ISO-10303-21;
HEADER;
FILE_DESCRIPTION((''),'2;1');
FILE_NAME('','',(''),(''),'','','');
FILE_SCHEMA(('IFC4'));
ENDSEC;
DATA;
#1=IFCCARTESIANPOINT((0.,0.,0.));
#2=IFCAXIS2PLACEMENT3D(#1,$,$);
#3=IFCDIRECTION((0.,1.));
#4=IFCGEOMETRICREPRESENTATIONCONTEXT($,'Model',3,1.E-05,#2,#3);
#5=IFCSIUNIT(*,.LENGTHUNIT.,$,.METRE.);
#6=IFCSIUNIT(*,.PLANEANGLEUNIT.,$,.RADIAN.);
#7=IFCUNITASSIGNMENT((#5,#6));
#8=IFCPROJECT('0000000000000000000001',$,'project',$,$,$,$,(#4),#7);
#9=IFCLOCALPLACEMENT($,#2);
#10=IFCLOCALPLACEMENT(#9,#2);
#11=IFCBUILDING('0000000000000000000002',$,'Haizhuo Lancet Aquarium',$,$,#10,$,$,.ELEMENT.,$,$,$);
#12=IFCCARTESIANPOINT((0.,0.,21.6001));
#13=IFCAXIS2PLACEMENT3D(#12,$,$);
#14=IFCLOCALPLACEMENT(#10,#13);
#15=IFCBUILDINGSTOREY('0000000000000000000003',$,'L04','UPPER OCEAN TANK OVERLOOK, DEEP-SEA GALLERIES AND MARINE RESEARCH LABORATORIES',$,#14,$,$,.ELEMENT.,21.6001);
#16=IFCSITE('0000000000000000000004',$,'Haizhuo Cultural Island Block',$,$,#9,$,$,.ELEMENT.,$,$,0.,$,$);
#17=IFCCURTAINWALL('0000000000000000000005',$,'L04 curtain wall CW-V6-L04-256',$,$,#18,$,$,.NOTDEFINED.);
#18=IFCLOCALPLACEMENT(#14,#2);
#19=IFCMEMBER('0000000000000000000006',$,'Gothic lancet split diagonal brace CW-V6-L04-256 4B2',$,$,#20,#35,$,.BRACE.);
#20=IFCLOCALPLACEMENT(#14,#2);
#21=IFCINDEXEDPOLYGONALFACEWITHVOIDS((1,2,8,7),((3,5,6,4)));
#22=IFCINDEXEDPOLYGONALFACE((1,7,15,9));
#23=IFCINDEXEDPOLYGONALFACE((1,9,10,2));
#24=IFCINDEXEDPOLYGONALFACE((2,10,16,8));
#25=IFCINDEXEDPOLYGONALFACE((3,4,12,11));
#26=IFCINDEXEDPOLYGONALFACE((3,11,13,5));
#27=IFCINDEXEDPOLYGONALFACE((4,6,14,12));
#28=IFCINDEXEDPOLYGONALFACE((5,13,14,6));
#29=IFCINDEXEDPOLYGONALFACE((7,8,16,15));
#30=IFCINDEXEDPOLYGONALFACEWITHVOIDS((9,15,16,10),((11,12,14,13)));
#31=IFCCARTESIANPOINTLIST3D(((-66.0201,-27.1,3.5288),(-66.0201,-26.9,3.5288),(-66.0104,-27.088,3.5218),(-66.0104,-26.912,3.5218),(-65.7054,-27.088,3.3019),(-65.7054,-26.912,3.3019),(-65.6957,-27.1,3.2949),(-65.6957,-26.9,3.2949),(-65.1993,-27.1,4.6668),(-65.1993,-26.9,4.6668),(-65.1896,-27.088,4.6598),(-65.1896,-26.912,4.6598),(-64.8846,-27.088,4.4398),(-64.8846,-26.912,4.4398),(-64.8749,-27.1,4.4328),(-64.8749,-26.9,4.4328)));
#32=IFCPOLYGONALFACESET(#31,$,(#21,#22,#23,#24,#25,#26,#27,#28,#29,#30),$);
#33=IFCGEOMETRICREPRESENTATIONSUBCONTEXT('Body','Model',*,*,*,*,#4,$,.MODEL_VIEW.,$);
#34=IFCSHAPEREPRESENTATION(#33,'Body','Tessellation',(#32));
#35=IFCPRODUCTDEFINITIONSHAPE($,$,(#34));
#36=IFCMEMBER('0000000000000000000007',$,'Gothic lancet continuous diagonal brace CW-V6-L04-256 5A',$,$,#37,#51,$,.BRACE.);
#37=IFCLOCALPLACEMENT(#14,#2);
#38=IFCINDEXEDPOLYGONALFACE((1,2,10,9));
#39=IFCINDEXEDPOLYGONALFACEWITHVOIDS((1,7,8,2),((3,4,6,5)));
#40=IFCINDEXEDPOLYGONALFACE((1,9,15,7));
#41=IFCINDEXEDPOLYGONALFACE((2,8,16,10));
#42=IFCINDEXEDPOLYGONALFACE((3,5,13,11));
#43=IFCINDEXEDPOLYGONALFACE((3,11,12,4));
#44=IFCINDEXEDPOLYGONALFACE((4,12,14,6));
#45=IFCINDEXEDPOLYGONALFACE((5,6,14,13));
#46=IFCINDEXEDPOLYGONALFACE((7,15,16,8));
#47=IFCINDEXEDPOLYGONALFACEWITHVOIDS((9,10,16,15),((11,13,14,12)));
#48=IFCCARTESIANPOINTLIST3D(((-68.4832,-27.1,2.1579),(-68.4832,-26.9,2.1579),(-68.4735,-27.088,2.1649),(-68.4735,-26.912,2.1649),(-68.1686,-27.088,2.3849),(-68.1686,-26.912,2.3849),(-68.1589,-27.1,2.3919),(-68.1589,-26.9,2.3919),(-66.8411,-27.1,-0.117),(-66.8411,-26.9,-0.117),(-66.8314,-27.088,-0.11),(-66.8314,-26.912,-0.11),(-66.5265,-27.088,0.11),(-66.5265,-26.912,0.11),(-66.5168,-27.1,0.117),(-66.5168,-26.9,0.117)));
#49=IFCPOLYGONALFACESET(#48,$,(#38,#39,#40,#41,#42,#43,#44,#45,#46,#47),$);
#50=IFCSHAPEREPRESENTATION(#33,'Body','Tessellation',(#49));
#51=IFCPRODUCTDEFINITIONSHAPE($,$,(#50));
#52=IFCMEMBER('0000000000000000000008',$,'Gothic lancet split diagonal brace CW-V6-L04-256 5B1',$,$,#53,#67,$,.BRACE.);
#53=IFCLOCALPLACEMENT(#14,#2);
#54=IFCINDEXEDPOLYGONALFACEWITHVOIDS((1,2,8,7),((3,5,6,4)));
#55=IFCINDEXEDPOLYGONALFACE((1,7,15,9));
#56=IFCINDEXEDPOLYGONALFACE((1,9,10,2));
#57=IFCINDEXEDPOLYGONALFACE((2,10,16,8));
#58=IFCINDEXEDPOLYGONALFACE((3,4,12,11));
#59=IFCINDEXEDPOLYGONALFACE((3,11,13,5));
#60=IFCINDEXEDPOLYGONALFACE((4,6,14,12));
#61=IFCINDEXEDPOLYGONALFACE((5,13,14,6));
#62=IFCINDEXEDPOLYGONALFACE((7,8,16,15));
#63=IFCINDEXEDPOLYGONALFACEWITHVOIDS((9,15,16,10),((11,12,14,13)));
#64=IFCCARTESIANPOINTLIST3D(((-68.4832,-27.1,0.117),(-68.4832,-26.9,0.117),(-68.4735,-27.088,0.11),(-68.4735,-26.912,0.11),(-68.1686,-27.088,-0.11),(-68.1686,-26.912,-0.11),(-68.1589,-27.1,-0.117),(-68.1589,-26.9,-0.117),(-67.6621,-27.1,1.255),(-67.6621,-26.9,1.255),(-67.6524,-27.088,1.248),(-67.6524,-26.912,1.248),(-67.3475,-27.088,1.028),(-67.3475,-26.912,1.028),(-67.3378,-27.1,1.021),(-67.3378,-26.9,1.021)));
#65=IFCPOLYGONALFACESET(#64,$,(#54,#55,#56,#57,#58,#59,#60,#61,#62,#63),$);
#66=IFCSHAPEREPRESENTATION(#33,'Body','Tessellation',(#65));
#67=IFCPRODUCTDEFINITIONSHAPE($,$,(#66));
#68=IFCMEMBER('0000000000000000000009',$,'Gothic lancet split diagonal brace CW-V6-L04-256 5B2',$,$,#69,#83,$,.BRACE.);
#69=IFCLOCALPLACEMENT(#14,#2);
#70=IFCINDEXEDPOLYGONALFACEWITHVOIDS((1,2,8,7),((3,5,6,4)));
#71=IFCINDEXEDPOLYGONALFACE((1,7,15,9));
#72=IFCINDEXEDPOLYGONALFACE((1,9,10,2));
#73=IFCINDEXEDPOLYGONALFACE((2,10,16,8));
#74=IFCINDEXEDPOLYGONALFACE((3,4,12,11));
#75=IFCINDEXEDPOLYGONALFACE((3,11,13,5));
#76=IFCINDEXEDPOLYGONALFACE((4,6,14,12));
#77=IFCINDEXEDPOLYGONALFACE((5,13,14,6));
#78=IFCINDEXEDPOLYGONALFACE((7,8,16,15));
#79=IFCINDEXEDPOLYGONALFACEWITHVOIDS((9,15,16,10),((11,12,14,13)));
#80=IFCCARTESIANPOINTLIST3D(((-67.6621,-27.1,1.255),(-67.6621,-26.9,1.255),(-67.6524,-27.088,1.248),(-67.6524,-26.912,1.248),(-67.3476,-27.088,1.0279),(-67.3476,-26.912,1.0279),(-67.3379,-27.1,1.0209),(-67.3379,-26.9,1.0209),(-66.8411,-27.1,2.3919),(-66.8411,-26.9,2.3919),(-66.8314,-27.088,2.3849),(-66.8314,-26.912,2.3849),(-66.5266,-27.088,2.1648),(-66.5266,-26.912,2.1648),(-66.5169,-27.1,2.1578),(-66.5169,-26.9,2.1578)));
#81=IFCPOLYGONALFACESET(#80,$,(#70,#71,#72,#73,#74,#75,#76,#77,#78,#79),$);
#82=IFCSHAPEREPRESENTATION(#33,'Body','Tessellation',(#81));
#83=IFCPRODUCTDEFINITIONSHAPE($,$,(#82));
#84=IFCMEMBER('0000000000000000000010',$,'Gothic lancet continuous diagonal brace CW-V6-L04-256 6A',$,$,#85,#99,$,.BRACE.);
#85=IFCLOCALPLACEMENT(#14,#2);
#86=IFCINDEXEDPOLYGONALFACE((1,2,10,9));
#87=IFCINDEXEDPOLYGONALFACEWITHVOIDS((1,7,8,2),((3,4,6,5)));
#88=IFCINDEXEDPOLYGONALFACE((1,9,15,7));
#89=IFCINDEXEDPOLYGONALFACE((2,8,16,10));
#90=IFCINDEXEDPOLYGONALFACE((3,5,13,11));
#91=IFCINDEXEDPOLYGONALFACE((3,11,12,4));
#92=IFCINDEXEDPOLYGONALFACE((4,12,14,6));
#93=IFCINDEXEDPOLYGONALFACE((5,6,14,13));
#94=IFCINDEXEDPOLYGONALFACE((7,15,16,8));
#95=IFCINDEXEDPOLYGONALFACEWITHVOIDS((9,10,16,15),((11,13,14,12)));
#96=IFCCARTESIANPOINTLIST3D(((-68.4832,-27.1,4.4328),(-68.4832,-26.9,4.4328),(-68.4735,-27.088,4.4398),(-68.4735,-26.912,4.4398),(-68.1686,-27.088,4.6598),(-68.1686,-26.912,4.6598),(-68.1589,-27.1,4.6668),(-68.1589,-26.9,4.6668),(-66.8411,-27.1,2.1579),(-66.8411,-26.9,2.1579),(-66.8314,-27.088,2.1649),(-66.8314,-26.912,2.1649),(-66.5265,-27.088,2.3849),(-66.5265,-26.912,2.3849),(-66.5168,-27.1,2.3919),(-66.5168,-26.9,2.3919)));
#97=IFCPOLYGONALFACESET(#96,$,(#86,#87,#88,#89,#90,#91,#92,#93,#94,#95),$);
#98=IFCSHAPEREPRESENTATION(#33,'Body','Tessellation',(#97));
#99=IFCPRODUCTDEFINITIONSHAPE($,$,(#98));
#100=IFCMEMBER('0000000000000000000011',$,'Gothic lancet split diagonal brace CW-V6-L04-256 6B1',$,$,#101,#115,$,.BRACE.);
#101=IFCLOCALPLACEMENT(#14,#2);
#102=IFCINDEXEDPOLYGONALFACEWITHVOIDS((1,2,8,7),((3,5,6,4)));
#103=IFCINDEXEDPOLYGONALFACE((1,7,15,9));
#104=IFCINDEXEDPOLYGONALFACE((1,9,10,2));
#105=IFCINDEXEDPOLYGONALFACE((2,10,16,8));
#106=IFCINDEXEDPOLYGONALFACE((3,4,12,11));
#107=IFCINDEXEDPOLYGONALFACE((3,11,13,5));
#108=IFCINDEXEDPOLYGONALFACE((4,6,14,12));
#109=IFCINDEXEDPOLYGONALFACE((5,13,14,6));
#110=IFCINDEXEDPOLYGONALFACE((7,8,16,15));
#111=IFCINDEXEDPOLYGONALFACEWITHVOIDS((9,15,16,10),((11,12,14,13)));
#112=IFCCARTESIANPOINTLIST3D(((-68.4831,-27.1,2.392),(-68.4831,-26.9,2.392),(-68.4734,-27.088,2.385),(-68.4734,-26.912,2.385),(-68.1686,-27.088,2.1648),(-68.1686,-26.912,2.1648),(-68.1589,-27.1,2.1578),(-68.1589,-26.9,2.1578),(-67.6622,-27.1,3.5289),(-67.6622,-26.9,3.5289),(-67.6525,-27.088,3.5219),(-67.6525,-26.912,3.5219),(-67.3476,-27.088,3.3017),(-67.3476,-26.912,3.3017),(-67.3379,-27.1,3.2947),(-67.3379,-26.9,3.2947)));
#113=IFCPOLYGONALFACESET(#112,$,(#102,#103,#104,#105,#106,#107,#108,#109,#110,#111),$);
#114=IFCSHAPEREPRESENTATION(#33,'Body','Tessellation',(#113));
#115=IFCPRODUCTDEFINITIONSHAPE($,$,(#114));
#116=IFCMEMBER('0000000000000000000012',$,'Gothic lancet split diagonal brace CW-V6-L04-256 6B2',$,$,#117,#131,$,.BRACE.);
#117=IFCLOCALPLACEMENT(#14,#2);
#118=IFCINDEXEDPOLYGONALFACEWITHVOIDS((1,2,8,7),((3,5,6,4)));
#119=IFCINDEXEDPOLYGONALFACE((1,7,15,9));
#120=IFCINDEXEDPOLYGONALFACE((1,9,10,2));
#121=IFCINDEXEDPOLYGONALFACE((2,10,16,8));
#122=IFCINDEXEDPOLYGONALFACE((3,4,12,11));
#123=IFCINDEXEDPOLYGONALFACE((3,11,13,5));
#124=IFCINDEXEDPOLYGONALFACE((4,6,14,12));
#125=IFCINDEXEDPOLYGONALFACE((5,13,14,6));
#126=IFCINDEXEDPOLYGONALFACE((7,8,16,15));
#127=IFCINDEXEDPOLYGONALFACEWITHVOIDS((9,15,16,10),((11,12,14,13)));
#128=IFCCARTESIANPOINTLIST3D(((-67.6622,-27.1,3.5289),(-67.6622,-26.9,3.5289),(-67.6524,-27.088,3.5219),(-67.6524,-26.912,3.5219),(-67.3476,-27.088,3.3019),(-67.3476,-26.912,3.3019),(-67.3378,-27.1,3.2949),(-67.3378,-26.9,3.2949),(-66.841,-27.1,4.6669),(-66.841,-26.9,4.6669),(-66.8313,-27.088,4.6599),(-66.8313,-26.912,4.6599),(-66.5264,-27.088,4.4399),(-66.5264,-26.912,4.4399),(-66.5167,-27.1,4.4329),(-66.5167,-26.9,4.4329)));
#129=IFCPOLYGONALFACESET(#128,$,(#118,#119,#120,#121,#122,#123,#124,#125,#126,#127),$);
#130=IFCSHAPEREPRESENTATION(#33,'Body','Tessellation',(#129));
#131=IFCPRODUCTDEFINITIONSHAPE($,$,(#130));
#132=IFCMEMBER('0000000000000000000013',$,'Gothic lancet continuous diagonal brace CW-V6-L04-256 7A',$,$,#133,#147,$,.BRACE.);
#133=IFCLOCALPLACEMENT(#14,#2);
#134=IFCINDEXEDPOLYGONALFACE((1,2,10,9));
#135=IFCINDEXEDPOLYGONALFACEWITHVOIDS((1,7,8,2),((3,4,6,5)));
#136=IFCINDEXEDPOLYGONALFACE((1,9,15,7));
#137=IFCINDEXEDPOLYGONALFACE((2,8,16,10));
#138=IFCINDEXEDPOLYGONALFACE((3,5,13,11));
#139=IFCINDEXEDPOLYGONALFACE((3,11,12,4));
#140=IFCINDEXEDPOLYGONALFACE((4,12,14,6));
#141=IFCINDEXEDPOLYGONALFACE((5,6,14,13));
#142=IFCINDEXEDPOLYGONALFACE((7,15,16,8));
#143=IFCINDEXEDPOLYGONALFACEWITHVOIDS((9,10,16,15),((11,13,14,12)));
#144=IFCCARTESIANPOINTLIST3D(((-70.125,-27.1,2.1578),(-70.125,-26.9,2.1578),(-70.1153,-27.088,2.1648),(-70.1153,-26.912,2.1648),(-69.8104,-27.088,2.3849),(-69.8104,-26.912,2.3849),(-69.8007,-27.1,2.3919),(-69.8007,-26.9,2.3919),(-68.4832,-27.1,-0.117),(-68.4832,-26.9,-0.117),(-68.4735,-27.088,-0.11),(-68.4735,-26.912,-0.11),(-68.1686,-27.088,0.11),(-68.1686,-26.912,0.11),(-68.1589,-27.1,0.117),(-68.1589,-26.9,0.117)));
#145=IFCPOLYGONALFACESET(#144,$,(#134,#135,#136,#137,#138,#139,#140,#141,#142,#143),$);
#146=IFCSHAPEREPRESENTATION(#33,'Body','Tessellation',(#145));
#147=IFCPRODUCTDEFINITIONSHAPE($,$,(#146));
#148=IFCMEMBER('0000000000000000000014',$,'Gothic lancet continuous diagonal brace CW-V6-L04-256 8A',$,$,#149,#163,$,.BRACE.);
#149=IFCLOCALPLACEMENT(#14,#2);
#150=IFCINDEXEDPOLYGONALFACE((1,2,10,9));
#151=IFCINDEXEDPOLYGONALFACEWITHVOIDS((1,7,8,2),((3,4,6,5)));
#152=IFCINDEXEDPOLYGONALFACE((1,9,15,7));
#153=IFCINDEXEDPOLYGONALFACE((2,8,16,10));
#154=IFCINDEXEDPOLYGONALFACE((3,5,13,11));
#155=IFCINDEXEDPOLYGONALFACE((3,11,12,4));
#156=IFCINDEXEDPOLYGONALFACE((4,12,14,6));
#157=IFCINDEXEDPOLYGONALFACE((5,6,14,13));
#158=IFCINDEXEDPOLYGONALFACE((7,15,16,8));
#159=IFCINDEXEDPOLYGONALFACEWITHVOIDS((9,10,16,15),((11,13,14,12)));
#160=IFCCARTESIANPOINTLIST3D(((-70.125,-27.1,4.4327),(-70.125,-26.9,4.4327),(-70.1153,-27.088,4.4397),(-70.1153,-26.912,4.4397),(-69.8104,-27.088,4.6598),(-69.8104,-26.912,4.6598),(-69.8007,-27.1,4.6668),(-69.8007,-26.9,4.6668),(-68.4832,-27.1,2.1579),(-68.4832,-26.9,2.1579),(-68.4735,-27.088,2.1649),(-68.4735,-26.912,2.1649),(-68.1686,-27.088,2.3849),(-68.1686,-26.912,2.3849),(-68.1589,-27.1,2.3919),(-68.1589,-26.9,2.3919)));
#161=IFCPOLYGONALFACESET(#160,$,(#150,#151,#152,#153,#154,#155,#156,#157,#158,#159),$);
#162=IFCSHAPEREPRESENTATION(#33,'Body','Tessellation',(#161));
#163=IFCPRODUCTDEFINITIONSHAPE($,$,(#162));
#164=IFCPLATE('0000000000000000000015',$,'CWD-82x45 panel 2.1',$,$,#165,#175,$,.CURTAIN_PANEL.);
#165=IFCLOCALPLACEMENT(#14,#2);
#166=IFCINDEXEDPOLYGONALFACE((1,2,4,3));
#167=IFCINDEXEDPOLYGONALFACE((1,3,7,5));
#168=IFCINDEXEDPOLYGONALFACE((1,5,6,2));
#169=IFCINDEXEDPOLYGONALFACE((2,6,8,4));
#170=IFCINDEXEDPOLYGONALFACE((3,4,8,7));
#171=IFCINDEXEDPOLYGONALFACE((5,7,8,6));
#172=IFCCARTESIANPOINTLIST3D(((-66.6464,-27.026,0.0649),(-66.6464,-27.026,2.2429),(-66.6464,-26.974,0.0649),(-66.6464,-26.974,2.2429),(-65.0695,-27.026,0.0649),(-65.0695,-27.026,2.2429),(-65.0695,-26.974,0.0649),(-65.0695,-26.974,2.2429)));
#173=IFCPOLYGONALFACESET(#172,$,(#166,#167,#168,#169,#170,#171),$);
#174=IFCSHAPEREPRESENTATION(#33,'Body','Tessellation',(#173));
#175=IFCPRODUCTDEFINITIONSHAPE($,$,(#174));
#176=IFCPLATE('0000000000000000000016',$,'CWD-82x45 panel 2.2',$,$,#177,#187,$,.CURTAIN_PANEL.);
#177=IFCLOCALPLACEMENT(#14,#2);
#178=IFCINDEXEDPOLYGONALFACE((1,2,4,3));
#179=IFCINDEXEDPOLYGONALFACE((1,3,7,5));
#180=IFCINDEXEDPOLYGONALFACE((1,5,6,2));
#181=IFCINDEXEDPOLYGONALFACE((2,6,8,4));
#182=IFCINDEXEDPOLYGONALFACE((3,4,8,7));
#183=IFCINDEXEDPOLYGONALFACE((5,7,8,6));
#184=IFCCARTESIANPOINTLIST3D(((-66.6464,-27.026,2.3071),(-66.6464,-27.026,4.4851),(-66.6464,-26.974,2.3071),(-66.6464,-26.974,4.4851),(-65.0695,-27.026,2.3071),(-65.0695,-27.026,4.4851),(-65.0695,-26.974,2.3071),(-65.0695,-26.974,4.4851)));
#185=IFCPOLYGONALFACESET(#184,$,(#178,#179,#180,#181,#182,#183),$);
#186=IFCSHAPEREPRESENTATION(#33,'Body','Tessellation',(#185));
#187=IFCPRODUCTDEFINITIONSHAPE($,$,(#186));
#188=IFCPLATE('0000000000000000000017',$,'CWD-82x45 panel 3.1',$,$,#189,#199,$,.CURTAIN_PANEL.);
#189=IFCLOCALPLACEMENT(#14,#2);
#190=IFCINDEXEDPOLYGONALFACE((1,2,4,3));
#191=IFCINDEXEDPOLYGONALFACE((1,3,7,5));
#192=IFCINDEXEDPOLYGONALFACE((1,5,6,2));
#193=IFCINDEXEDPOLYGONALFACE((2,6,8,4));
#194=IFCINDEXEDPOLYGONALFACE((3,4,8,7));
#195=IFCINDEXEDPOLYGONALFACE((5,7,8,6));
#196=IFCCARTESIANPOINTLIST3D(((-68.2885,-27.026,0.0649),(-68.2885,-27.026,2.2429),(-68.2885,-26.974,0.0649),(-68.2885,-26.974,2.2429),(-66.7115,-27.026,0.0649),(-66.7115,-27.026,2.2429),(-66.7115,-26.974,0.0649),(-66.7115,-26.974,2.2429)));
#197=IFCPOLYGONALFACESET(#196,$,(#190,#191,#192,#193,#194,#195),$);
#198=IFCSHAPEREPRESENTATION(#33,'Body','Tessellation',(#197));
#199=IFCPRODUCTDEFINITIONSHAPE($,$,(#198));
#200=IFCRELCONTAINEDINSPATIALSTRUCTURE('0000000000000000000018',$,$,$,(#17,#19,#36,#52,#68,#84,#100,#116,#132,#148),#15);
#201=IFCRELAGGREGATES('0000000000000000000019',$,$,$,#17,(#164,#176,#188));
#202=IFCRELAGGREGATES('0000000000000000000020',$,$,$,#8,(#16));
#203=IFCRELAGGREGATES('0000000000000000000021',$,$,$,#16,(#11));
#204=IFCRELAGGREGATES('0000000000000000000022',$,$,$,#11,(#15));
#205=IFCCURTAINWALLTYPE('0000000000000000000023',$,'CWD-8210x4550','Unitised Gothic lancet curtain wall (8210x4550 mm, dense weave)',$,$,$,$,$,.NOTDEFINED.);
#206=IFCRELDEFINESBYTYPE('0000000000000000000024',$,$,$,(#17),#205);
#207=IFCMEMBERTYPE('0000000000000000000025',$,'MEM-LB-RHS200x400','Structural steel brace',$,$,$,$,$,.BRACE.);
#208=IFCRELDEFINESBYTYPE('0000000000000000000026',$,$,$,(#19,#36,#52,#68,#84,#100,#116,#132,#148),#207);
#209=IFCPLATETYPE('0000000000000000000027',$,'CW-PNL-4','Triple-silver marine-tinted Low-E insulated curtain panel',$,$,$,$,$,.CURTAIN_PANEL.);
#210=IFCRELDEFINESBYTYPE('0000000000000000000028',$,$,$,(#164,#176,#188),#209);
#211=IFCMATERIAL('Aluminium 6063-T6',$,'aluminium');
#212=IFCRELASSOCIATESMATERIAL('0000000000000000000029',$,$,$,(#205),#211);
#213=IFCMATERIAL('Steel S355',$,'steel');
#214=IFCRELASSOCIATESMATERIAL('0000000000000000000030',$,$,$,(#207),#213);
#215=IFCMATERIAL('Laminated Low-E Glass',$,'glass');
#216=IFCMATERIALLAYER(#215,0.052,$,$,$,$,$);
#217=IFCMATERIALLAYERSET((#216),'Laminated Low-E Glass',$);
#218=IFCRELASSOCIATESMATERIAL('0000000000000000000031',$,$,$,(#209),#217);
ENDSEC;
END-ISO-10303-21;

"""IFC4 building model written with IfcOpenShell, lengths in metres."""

from ifc_helpers import new_model, si_unit, direction, frame, origin, origin_2d, place, context, subcontext, project, spatial, rectangle, hollow_rectangle, extrude, material, layer, layer_set, material_profile, profile_set, type_object, element, aggregate, save


model = new_model("IFC4")

# Units and contexts
model_context = context("Model", 3, precision=1e-05, world=origin(), true_north=direction((0.0, 1.0)))
body_context = subcontext(model_context, "Body", "Model", "MODEL_VIEW")
ifc_project = project(units=[si_unit("LENGTHUNIT", "METRE"), si_unit("PLANEANGLEUNIT", "RADIAN")], contexts=[model_context])

# Site, building, storey
site_placement = place(None, origin())
site = spatial("IfcSite", under=ifc_project, at=site_placement, Name="Haizhuo Cultural Island Block", CompositionType="ELEMENT", RefElevation=0.0)
building_placement = place(site_placement, origin())
building = spatial("IfcBuilding", under=site, at=building_placement, Name="Haizhuo Lancet Aquarium", CompositionType="ELEMENT")
storey_placement = place(building_placement, frame((0.0, 0.0, 21.6001)))
storey = spatial("IfcBuildingStorey", under=building, at=storey_placement, Name="L04", Description="UPPER OCEAN TANK OVERLOOK, DEEP-SEA GALLERIES AND MARINE RESEARCH LABORATORIES", CompositionType="ELEMENT", Elevation=21.6001)

# Curtain wall
ifc_material_1 = material(Name="Aluminium 6063-T6", Category="aluminium")
curtain_wall_type = type_object("IfcCurtainWallType", Name="CWD-8210x4550", Description="Unitised Gothic lancet curtain wall (8210x4550 mm, dense weave)", PredefinedType="NOTDEFINED", material=ifc_material_1)
curtain_wall_placement = place(storey_placement, origin())
curtain_wall = element("IfcCurtainWall", 1, at=curtain_wall_placement, inside=storey, type_object=curtain_wall_type, Name="L04 curtain wall CW-V6-L04-256", PredefinedType="NOTDEFINED")

# Members
ifc_material_2 = material(Name="Steel S355", Category="steel")
ifc_material_profile_1 = material_profile(ifc_material_2, hollow_rectangle(XDim=0.2, YDim=0.3999, WallThickness=0.012, at=origin_2d()), Name="RHS 200x400x12")
ifc_profile_set_1 = profile_set([ifc_material_profile_1], Name="Steel S355")
member_type_1 = type_object("IfcMemberType", Name="MEM-LB-RHS200x400", Description="Structural steel brace", PredefinedType="BRACE", material=ifc_profile_set_1)
member_1_placement = place(storey_placement, frame((-65.8579, -27.0, 3.4119), z_axis=(0.585001, 0.0, 0.811032), x_axis=(0.0, 1.0, 0.0)))
element("IfcMember", 2, at=member_1_placement, inside=storey, type_object=member_type_1, Name="Gothic lancet split diagonal brace CW-V6-L04-256 4B2", PredefinedType="BRACE", context=body_context, shape_type="SweptSolid", body=[
    extrude(hollow_rectangle(XDim=0.2, YDim=0.3999, WallThickness=0.012, at=origin_2d()), origin(), (0.0, 0.0, 1.0), 1.4031),
])
member_2_placement = place(storey_placement, frame((-66.679, -27.0, 0.0), z_axis=(-0.585281, 0.0, 0.810831), x_axis=(0.0, -1.0, 0.0)))
element("IfcMember", 3, at=member_2_placement, inside=storey, type_object=member_type_1, Name="Gothic lancet continuous diagonal brace CW-V6-L04-256 5A", PredefinedType="BRACE", context=body_context, shape_type="SweptSolid", body=[
    extrude(hollow_rectangle(XDim=0.2, YDim=0.3999, WallThickness=0.012, at=origin_2d()), origin(), (0.0, 0.0, 1.0), 2.8057),
])
member_3_placement = place(storey_placement, frame((-68.321, -27.0, 0.0), z_axis=(0.585116, 0.0, 0.81095), x_axis=(0.0, 1.0, 0.0)))
element("IfcMember", 4, at=member_3_placement, inside=storey, type_object=member_type_1, Name="Gothic lancet split diagonal brace CW-V6-L04-256 5B1", PredefinedType="BRACE", context=body_context, shape_type="SweptSolid", body=[
    extrude(hollow_rectangle(XDim=0.2, YDim=0.3999, WallThickness=0.012, at=origin_2d()), origin(), (0.0, 0.0, 1.0), 1.4033),
])
member_4_placement = place(storey_placement, frame((-67.5, -27.0, 1.1379), z_axis=(0.585446, 0.0, 0.810711), x_axis=(0.0, 1.0, 0.0)))
element("IfcMember", 5, at=member_4_placement, inside=storey, type_object=member_type_1, Name="Gothic lancet split diagonal brace CW-V6-L04-256 5B2", PredefinedType="BRACE", context=body_context, shape_type="SweptSolid", body=[
    extrude(hollow_rectangle(XDim=0.2, YDim=0.3999, WallThickness=0.012, at=origin_2d()), origin(), (0.0, 0.0, 1.0), 1.4023),
])
member_5_placement = place(storey_placement, frame((-66.679, -27.0, 2.2749), z_axis=(-0.585281, 0.0, 0.810831), x_axis=(0.0, -1.0, 0.0)))
element("IfcMember", 6, at=member_5_placement, inside=storey, type_object=member_type_1, Name="Gothic lancet continuous diagonal brace CW-V6-L04-256 6A", PredefinedType="BRACE", context=body_context, shape_type="SweptSolid", body=[
    extrude(hollow_rectangle(XDim=0.2, YDim=0.3999, WallThickness=0.012, at=origin_2d()), origin(), (0.0, 0.0, 1.0), 2.8057),
])
member_6_placement = place(storey_placement, frame((-68.321, -27.0, 2.2749), z_axis=(0.585446, 0.0, 0.810711), x_axis=(0.0, 1.0, 0.0)))
element("IfcMember", 7, at=member_6_placement, inside=storey, type_object=member_type_1, Name="Gothic lancet split diagonal brace CW-V6-L04-256 6B1", PredefinedType="BRACE", context=body_context, shape_type="SweptSolid", body=[
    extrude(hollow_rectangle(XDim=0.2, YDim=0.3999, WallThickness=0.012, at=origin_2d()), origin(), (0.0, 0.0, 1.0), 1.4023),
])
member_7_placement = place(storey_placement, frame((-67.5, -27.0, 3.4119), z_axis=(0.585116, 0.0, 0.81095), x_axis=(0.0, 1.0, 0.0)))
element("IfcMember", 8, at=member_7_placement, inside=storey, type_object=member_type_1, Name="Gothic lancet split diagonal brace CW-V6-L04-256 6B2", PredefinedType="BRACE", context=body_context, shape_type="SweptSolid", body=[
    extrude(hollow_rectangle(XDim=0.2, YDim=0.3999, WallThickness=0.012, at=origin_2d()), origin(), (0.0, 0.0, 1.0), 1.4033),
])
for number, where, z_axis, x_axis, name in (
    (9, (-68.321, -27.0, 0.0), (-0.585224, 0.0, 0.810872), (0.0, -1.0, 0.0), "Gothic lancet continuous diagonal brace CW-V6-L04-256 7A"),
    (10, (-68.321, -27.0, 2.2749), (-0.585224, 0.0, 0.810872), (0.0, -1.0, 0.0), "Gothic lancet continuous diagonal brace CW-V6-L04-256 8A"),
):
    element("IfcMember", number, at=place(storey_placement, frame(where, z_axis=z_axis, x_axis=x_axis)), inside=storey, type_object=member_type_1, Name=name, PredefinedType="BRACE", context=body_context, shape_type="SweptSolid", body=[
        extrude(hollow_rectangle(XDim=0.2, YDim=0.3999, WallThickness=0.012, at=origin_2d()), origin(), (0.0, 0.0, 1.0), 2.8054),
    ])

# Plates
ifc_material_3 = material(Name="Laminated Low-E Glass", Category="glass")
ifc_layer = layer(ifc_material_3, 0.052)
ifc_layer_set = layer_set([ifc_layer], Name="Laminated Low-E Glass")
plate_type = type_object("IfcPlateType", Name="CW-PNL-4", Description="Triple-silver marine-tinted Low-E insulated curtain panel", PredefinedType="CURTAIN_PANEL", material=ifc_layer_set)
plate_1_placement = place(storey_placement, frame((-65.8579, -27.0, 0.0649), z_axis=(0.0, 0.0, 1.0), x_axis=(-1.0, 0.0, 0.0)))
plate_1 = element("IfcPlate", 11, at=plate_1_placement, type_object=plate_type, Name="CWD-82x45 panel 2.1", PredefinedType="CURTAIN_PANEL", context=body_context, shape_type="SweptSolid", body=[
    extrude(rectangle(XDim=1.5769, YDim=0.052, at=origin_2d()), origin(), (0.0, 0.0, 1.0), 2.178),
])
plate_2_placement = place(storey_placement, frame((-65.8579, -27.0, 2.3071), z_axis=(0.0, 0.0, 1.0), x_axis=(-1.0, 0.0, 0.0)))
plate_2 = element("IfcPlate", 12, at=plate_2_placement, type_object=plate_type, Name="CWD-82x45 panel 2.2", PredefinedType="CURTAIN_PANEL", context=body_context, shape_type="SweptSolid", body=[
    extrude(rectangle(XDim=1.5769, YDim=0.052, at=origin_2d()), origin(), (0.0, 0.0, 1.0), 2.178),
])
plate_3_placement = place(storey_placement, frame((-67.5, -27.0, 0.0649), z_axis=(0.0, 0.0, 1.0), x_axis=(-1.0, 0.0, 0.0)))
plate_3 = element("IfcPlate", 13, at=plate_3_placement, type_object=plate_type, Name="CWD-82x45 panel 3.1", PredefinedType="CURTAIN_PANEL", context=body_context, shape_type="SweptSolid", body=[
    extrude(rectangle(XDim=1.5769, YDim=0.052, at=origin_2d()), origin(), (0.0, 0.0, 1.0), 2.178),
])
aggregate(curtain_wall, [plate_1, plate_2, plate_3])

save(model, "model.ifc")
